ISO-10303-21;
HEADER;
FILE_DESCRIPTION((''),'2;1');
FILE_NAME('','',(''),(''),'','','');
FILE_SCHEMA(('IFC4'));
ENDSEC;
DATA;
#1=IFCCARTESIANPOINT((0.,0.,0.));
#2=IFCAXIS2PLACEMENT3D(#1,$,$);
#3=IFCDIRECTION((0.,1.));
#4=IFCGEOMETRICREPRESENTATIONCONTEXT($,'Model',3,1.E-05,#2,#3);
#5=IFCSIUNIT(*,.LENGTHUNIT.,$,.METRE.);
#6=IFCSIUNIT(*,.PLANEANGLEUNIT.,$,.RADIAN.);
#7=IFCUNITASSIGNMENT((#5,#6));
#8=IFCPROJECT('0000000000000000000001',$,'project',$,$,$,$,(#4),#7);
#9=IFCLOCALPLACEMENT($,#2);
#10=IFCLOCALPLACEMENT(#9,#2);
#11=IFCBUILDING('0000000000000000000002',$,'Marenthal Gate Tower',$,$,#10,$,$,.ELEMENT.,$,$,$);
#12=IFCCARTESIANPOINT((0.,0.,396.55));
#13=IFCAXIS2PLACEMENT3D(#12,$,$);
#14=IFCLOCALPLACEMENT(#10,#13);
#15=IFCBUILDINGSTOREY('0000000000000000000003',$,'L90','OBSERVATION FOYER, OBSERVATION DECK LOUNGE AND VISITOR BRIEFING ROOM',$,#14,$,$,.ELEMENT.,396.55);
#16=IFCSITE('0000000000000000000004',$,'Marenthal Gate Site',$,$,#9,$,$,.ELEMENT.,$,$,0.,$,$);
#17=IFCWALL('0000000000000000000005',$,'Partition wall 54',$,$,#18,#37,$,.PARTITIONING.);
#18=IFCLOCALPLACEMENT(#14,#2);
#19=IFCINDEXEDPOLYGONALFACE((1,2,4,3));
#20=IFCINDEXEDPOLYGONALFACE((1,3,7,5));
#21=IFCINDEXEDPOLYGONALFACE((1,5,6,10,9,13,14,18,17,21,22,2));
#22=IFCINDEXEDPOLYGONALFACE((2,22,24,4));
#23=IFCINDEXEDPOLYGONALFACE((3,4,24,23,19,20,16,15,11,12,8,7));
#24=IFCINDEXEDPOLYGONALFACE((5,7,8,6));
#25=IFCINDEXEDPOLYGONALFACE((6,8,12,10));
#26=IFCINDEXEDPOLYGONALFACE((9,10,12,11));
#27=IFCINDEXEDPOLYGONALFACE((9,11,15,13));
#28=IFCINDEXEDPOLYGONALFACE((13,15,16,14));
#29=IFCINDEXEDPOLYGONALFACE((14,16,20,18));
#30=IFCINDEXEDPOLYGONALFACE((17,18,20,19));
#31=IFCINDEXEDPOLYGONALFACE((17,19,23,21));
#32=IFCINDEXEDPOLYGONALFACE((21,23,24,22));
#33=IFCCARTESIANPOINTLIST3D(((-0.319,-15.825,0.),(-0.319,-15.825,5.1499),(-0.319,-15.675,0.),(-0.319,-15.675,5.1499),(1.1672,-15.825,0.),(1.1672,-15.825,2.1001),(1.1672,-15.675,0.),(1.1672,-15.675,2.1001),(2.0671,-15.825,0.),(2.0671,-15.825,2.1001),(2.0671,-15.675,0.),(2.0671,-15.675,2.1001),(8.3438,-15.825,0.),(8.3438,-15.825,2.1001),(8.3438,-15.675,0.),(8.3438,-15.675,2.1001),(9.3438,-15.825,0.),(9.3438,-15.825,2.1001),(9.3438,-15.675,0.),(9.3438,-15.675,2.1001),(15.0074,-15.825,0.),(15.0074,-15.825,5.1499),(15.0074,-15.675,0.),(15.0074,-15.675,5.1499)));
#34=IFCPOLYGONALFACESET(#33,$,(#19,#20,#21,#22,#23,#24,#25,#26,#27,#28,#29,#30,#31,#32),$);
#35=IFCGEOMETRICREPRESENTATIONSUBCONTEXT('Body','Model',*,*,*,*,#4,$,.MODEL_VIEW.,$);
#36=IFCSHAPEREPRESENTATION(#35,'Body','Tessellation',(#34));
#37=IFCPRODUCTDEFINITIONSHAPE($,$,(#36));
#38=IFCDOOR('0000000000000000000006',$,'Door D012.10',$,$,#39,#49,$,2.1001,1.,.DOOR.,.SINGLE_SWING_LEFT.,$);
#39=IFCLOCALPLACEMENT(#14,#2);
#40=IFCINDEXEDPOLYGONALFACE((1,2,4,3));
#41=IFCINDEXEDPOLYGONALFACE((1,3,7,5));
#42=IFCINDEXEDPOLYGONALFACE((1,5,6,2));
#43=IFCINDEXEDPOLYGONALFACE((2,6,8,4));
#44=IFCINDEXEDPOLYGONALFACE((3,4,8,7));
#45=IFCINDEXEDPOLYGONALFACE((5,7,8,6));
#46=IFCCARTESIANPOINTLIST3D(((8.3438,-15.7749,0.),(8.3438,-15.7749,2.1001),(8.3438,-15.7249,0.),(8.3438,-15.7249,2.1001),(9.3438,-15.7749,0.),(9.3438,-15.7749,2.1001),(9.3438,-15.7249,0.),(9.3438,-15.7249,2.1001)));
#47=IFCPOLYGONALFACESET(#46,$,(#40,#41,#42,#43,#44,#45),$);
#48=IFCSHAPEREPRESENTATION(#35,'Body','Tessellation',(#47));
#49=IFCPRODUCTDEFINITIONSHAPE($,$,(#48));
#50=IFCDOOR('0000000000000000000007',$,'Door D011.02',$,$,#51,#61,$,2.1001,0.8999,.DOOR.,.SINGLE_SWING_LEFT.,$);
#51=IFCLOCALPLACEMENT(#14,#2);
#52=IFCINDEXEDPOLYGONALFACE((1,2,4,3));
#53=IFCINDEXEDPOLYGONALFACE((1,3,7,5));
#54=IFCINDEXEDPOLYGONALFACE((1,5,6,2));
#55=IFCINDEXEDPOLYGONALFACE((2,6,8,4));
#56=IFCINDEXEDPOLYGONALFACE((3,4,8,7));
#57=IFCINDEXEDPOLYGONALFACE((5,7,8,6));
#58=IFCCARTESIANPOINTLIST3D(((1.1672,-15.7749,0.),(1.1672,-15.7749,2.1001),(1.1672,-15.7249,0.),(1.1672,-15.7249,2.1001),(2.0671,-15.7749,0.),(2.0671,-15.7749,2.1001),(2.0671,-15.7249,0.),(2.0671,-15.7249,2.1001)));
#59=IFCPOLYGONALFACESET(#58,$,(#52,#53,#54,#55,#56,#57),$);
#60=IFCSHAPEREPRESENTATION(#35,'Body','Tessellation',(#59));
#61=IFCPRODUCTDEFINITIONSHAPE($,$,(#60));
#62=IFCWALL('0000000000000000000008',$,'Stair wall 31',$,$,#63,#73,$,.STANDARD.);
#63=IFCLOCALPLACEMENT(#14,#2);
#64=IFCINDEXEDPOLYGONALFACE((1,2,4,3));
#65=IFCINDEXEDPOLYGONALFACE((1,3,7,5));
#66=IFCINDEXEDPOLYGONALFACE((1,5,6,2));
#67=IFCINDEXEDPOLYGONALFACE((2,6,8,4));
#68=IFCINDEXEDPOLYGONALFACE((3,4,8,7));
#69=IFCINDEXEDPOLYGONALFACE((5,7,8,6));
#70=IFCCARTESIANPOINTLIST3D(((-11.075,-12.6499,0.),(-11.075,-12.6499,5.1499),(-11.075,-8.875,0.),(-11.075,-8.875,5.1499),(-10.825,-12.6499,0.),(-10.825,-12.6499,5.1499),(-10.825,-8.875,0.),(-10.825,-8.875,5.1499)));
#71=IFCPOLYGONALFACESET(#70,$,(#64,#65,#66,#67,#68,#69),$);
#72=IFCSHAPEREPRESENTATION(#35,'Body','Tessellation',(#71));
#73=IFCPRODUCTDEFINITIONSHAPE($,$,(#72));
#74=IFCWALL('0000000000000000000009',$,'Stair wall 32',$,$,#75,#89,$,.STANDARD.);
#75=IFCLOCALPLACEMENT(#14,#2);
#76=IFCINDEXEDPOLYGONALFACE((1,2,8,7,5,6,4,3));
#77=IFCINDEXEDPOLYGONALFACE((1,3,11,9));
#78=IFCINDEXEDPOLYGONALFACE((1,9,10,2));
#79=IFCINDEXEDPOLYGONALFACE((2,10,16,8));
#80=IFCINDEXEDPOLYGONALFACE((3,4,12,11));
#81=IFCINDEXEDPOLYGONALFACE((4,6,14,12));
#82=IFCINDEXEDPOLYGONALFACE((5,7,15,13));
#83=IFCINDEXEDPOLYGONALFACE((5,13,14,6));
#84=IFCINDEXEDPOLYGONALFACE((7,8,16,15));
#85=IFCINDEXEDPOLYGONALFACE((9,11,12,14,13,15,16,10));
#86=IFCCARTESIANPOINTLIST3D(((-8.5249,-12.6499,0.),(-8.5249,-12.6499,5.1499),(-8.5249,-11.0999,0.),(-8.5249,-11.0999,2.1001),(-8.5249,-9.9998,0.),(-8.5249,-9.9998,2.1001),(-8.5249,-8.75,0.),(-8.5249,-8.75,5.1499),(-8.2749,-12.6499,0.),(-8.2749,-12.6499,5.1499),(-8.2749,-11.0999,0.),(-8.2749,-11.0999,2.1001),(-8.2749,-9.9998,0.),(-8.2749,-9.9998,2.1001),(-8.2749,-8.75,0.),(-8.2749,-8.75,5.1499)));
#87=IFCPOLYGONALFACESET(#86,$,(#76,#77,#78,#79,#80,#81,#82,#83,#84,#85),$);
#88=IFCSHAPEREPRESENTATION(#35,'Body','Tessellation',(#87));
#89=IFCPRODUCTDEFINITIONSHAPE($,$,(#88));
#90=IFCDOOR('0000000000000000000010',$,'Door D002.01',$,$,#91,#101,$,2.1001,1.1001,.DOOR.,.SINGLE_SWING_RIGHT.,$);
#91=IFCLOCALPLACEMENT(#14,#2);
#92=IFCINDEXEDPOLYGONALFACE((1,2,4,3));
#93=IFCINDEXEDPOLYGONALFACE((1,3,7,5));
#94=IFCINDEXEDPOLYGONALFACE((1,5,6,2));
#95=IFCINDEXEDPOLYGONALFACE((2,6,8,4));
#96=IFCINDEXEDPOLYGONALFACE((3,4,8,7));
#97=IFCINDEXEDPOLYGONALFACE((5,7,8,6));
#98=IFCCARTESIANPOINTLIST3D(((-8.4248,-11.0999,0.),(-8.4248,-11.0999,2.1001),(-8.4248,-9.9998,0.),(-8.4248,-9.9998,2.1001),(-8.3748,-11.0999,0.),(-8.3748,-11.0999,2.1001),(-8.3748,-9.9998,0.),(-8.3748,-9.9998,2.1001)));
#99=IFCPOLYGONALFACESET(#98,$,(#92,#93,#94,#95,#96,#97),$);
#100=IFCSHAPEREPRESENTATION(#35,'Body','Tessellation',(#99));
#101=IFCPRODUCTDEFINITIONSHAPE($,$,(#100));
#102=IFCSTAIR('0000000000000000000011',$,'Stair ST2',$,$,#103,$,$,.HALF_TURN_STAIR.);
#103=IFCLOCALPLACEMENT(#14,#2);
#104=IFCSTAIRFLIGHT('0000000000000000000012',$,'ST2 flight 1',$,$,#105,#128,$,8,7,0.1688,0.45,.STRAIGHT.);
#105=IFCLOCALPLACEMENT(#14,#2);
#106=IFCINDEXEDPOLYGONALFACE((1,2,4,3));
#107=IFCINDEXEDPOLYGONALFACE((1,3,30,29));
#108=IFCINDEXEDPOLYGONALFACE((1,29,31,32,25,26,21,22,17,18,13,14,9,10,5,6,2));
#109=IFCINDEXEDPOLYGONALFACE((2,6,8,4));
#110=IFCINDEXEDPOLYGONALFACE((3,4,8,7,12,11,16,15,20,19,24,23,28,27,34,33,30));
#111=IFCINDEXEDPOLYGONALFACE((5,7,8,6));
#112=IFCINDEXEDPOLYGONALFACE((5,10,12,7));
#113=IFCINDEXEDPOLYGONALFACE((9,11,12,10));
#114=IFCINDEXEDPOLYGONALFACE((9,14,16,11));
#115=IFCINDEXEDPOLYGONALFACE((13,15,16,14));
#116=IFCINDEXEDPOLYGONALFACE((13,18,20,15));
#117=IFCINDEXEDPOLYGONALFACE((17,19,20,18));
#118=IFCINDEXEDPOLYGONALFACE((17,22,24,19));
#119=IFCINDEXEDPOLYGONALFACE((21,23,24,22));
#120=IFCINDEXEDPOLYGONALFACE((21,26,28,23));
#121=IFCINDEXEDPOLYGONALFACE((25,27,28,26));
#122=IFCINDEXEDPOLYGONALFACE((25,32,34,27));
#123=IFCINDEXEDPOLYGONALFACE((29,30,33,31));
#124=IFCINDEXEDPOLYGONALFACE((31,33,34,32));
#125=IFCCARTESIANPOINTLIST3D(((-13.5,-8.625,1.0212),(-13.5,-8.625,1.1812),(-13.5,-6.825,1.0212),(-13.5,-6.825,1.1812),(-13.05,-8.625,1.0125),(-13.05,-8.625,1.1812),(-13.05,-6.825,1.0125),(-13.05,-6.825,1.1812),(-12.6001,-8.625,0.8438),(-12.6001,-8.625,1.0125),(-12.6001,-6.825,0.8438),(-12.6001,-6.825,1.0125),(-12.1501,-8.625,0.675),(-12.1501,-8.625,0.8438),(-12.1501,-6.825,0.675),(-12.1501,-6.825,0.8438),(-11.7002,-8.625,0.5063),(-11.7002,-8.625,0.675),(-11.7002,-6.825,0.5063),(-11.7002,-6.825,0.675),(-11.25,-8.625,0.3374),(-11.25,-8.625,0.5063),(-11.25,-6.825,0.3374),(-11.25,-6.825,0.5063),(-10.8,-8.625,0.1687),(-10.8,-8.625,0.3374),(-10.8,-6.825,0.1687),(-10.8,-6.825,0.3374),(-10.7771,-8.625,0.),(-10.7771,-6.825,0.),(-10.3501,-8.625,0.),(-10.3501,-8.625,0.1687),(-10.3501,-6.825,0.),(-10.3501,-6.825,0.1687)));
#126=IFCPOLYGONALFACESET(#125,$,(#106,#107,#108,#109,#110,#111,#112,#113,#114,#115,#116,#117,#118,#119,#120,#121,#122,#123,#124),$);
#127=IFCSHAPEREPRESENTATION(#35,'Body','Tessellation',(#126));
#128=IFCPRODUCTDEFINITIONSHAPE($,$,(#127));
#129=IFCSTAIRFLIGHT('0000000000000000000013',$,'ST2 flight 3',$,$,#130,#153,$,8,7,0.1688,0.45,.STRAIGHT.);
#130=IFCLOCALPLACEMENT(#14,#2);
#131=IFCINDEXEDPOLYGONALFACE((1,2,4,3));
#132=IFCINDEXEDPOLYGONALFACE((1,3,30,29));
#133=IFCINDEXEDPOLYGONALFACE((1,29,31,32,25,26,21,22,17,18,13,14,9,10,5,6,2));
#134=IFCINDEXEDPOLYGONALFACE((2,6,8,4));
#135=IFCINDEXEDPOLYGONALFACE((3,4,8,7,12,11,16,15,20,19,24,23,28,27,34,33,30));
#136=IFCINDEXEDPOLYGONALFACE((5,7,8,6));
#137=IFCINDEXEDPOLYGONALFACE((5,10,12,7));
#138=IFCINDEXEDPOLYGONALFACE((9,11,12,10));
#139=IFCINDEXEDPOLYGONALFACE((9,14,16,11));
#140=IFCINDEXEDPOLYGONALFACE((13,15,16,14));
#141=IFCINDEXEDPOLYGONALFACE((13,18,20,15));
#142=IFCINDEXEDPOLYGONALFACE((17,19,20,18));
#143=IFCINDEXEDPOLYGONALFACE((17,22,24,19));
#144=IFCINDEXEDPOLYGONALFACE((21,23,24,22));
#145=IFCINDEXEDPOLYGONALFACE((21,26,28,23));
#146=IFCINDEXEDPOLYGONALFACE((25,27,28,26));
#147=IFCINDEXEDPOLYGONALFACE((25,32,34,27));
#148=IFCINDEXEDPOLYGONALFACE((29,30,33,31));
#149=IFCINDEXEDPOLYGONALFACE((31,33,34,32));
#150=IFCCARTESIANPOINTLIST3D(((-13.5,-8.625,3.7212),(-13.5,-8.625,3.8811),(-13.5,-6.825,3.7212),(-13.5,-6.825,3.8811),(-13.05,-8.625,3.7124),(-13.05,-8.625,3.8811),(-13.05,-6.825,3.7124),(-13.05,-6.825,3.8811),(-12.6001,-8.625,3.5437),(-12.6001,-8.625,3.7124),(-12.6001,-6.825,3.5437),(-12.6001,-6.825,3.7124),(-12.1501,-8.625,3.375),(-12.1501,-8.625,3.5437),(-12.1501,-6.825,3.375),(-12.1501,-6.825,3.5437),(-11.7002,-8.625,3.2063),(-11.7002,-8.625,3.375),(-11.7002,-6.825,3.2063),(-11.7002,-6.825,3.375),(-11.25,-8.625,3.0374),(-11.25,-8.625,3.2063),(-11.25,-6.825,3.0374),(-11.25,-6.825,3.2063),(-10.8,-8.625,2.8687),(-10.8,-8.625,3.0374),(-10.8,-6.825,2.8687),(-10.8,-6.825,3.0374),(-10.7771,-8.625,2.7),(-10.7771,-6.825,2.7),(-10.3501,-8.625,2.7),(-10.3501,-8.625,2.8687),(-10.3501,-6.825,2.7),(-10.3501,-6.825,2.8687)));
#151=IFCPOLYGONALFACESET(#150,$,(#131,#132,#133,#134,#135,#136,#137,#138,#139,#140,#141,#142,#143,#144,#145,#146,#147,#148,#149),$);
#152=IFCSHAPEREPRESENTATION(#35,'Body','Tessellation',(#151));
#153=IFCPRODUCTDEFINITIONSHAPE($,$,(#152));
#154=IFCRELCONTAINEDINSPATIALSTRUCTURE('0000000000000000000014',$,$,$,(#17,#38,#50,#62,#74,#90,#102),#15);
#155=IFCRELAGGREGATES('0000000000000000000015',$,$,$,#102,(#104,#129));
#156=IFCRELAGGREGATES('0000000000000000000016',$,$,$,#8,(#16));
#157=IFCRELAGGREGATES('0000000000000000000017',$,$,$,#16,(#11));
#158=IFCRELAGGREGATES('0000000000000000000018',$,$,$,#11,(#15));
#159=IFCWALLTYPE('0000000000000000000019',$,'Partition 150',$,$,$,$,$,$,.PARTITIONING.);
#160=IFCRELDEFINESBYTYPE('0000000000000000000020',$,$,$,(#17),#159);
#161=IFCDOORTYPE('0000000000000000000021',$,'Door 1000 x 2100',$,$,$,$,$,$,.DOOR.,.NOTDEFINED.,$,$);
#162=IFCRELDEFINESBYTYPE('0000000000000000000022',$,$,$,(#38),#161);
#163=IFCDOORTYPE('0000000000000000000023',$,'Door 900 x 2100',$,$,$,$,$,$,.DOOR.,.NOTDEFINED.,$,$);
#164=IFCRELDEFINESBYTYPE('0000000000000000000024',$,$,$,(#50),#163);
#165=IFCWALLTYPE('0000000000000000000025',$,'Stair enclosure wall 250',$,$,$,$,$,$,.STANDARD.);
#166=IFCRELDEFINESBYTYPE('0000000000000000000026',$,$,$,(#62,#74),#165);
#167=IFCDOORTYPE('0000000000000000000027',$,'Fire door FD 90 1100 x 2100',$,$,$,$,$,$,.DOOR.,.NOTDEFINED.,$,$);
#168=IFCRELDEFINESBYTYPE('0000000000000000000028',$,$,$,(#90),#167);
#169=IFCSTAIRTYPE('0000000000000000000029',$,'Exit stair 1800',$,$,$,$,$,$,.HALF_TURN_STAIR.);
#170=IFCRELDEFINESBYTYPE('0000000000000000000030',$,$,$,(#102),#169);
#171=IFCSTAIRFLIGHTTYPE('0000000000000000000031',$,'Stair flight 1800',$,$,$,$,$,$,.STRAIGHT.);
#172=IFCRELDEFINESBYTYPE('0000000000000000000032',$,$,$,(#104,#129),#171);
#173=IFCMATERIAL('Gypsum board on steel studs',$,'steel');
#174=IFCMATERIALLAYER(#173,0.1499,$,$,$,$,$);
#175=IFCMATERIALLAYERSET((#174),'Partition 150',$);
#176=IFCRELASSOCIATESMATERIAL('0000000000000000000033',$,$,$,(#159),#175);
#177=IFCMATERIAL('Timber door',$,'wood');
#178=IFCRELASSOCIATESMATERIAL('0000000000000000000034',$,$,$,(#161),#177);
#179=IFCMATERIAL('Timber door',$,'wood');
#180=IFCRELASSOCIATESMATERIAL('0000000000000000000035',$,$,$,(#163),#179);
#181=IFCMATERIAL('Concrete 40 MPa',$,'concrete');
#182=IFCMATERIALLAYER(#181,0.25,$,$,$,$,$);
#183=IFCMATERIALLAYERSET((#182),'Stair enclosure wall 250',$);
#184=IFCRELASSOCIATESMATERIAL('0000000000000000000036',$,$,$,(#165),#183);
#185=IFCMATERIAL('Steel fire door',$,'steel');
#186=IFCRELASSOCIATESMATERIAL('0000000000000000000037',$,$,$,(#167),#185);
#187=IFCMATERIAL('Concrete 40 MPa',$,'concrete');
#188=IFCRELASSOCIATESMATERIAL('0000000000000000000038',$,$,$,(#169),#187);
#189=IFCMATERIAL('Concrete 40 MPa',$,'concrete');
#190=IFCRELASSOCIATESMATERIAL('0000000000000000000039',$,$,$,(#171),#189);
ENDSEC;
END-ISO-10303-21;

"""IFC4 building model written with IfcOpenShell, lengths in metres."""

from ifc_helpers import new_model, si_unit, direction, frame, frame_2d, origin, place, context, subcontext, project, spatial, polyline, rectangle, outline, extrude, material, layer, layer_set, type_object, element, fill, aggregate, save


model = new_model("IFC4")

# Units and contexts
model_context = context("Model", 3, precision=1e-05, world=origin(), true_north=direction((0.0, 1.0)))
body_context = subcontext(model_context, "Body", "Model", "MODEL_VIEW")
ifc_project = project(units=[si_unit("LENGTHUNIT", "METRE"), si_unit("PLANEANGLEUNIT", "RADIAN")], contexts=[model_context])

# Site, building, storey
site_placement = place(None, origin())
site = spatial("IfcSite", under=ifc_project, at=site_placement, Name="Marenthal Gate Site", CompositionType="ELEMENT", RefElevation=0.0)
building_placement = place(site_placement, origin())
building = spatial("IfcBuilding", under=site, at=building_placement, Name="Marenthal Gate Tower", CompositionType="ELEMENT")
storey_placement = place(building_placement, frame((0.0, 0.0, 396.55)))
storey = spatial("IfcBuildingStorey", under=building, at=storey_placement, Name="L90", Description="OBSERVATION FOYER, OBSERVATION DECK LOUNGE AND VISITOR BRIEFING ROOM", CompositionType="ELEMENT", Elevation=396.55)

# Wall, openings, doors
ifc_material_1 = material(Name="Gypsum board on steel studs", Category="steel")
ifc_layer_1 = layer(ifc_material_1, 0.1499)
ifc_layer_set_1 = layer_set([ifc_layer_1], Name="Partition 150")
wall_type_1 = type_object("IfcWallType", Name="Partition 150", PredefinedType="PARTITIONING", material=ifc_layer_set_1)
wall_1_placement = place(storey_placement, frame((-0.3188, -15.75, 0.0), z_axis=(0.0, 0.0, 1.0), x_axis=(1.0, 0.0, 0.0)))
wall_1 = element("IfcWall", 1, at=wall_1_placement, inside=storey, type_object=wall_type_1, Name="Partition wall 54", PredefinedType="PARTITIONING", context=body_context, shape_type="SweptSolid", body=[
    extrude(rectangle(XDim=15.3264, YDim=0.1499, at=frame_2d((7.6631, 0.0))), origin(), (0.0, 0.0, 1.0), 5.1499),
])
opening_1_placement = place(wall_1_placement, frame((1.4861, 0.0, 0.0)))
opening_1 = element("IfcOpeningElement", 2, at=opening_1_placement, cuts=wall_1, PredefinedType="OPENING", context=body_context, shape_type="SweptSolid", body=[
    extrude(rectangle(XDim=0.8999, YDim=2.1001, at=frame_2d((0.45, 1.05))), frame((0.0, 0.085, 0.0), z_axis=(0.0, -1.0, 0.0), x_axis=(1.0, 0.0, 0.0)), (0.0, 0.0, 1.0), 0.1699),
])
opening_2_placement = place(wall_1_placement, frame((8.6626, 0.0, 0.0)))
opening_2 = element("IfcOpeningElement", 3, at=opening_2_placement, cuts=wall_1, PredefinedType="OPENING", context=body_context, shape_type="SweptSolid", body=[
    extrude(rectangle(XDim=1.0, YDim=2.1001, at=frame_2d((0.5, 1.05))), frame((0.0, 0.085, 0.0), z_axis=(0.0, -1.0, 0.0), x_axis=(1.0, 0.0, 0.0)), (0.0, 0.0, 1.0), 0.1699),
])
ifc_material_2 = material(Name="Timber door", Category="wood")
door_type_1 = type_object("IfcDoorType", Name="Door 1000 x 2100", OperationType="NOTDEFINED", PredefinedType="DOOR", material=ifc_material_2)
door_1_placement = place(opening_2_placement, frame((1.0, 0.0, 0.0), z_axis=(0.0, 0.0, 1.0), x_axis=(-1.0, 0.0, 0.0)))
door_1 = element("IfcDoor", 4, at=door_1_placement, inside=storey, type_object=door_type_1, Name="Door D012.10", OperationType="SINGLE_SWING_LEFT", OverallHeight=2.1001, OverallWidth=1.0, PredefinedType="DOOR", context=body_context, shape_type="SweptSolid", body=[
    extrude(rectangle(XDim=1.0, YDim=2.1001, at=frame_2d((0.5, 1.05))), frame((0.0, 0.0249, 0.0), z_axis=(0.0, -1.0, 0.0), x_axis=(1.0, 0.0, 0.0)), (0.0, 0.0, 1.0), 0.05),
])
fill(opening_2, door_1)
ifc_material_3 = material(Name="Timber door", Category="wood")
door_type_2 = type_object("IfcDoorType", Name="Door 900 x 2100", OperationType="NOTDEFINED", PredefinedType="DOOR", material=ifc_material_3)
door_2_placement = place(opening_1_placement, frame((0.8999, 0.0, 0.0), z_axis=(0.0, 0.0, 1.0), x_axis=(-1.0, 0.0, 0.0)))
door_2 = element("IfcDoor", 5, at=door_2_placement, inside=storey, type_object=door_type_2, Name="Door D011.02", OperationType="SINGLE_SWING_LEFT", OverallHeight=2.1001, OverallWidth=0.8999, PredefinedType="DOOR", context=body_context, shape_type="SweptSolid", body=[
    extrude(rectangle(XDim=0.8999, YDim=2.1001, at=frame_2d((0.45, 1.05))), frame((0.0, 0.0249, 0.0), z_axis=(0.0, -1.0, 0.0), x_axis=(1.0, 0.0, 0.0)), (0.0, 0.0, 1.0), 0.05),
])
fill(opening_1, door_2)

# Wall
ifc_material_4 = material(Name="Concrete 40 MPa", Category="concrete")
ifc_layer_2 = layer(ifc_material_4, 0.25)
ifc_layer_set_2 = layer_set([ifc_layer_2], Name="Stair enclosure wall 250")
wall_type_2 = type_object("IfcWallType", Name="Stair enclosure wall 250", PredefinedType="STANDARD", material=ifc_layer_set_2)
wall_2_placement = place(storey_placement, frame((-10.95, -12.6499, 0.0), z_axis=(0.0, 0.0, 1.0), x_axis=(0.0, 1.0, 0.0)))
element("IfcWall", 6, at=wall_2_placement, inside=storey, type_object=wall_type_2, Name="Stair wall 31", PredefinedType="STANDARD", context=body_context, shape_type="SweptSolid", body=[
    extrude(rectangle(XDim=3.7749, YDim=0.25, at=frame_2d((1.8875, 0.0))), origin(), (0.0, 0.0, 1.0), 5.1499),
])

# Wall, opening, door
wall_3_placement = place(storey_placement, frame((-8.3999, -12.6499, 0.0), z_axis=(0.0, 0.0, 1.0), x_axis=(0.0, 1.0, 0.0)))
wall_3 = element("IfcWall", 7, at=wall_3_placement, inside=storey, type_object=wall_type_2, Name="Stair wall 32", PredefinedType="STANDARD", context=body_context, shape_type="SweptSolid", body=[
    extrude(rectangle(XDim=3.8999, YDim=0.25, at=frame_2d((1.95, 0.0))), origin(), (0.0, 0.0, 1.0), 5.1499),
])
opening_3_placement = place(wall_3_placement, frame((1.55, 0.0, 0.0)))
opening_3 = element("IfcOpeningElement", 8, at=opening_3_placement, cuts=wall_3, PredefinedType="OPENING", context=body_context, shape_type="SweptSolid", body=[
    extrude(rectangle(XDim=1.1001, YDim=2.1001, at=frame_2d((0.55, 1.05))), frame((0.0, 0.135, 0.0), z_axis=(0.0, -1.0, 0.0), x_axis=(1.0, 0.0, 0.0)), (0.0, 0.0, 1.0), 0.27),
])
ifc_material_5 = material(Name="Steel fire door", Category="steel")
door_type_3 = type_object("IfcDoorType", Name="Fire door FD 90 1100 x 2100", OperationType="NOTDEFINED", PredefinedType="DOOR", material=ifc_material_5)
door_3_placement = place(opening_3_placement, origin())
door_3 = element("IfcDoor", 9, at=door_3_placement, inside=storey, type_object=door_type_3, Name="Door D002.01", OperationType="SINGLE_SWING_RIGHT", OverallHeight=2.1001, OverallWidth=1.1001, PredefinedType="DOOR", context=body_context, shape_type="SweptSolid", body=[
    extrude(rectangle(XDim=1.1001, YDim=2.1001, at=frame_2d((0.55, 1.05))), frame((0.0, 0.0249, 0.0), z_axis=(0.0, -1.0, 0.0), x_axis=(1.0, 0.0, 0.0)), (0.0, 0.0, 1.0), 0.05),
])
fill(opening_3, door_3)

# Stair, stair flights
ifc_material_6 = material(Name="Concrete 40 MPa", Category="concrete")
stair_type = type_object("IfcStairType", Name="Exit stair 1800", PredefinedType="HALF_TURN_STAIR", material=ifc_material_6)
stair_placement = place(storey_placement, origin())
stair = element("IfcStair", 10, at=stair_placement, inside=storey, type_object=stair_type, Name="Stair ST2", PredefinedType="HALF_TURN_STAIR")
ifc_material_7 = material(Name="Concrete 40 MPa", Category="concrete")
stair_flight_type = type_object("IfcStairFlightType", Name="Stair flight 1800", PredefinedType="STRAIGHT", material=ifc_material_7)
stair_flight_1_placement = place(storey_placement, frame((-10.3501, -7.7251, 0.0), z_axis=(0.0, 0.0, 1.0), x_axis=(-1.0, 0.0, 0.0)))
stair_flight_1 = element("IfcStairFlight", 11, at=stair_flight_1_placement, type_object=stair_flight_type, Name="ST2 flight 1", NumberOfRisers=8, NumberOfTreads=7, PredefinedType="STRAIGHT", RiserHeight=0.1688, TreadLength=0.45, context=body_context, shape_type="SweptSolid", body=[
    extrude(outline(polyline([(0.0, 0.0), (0.0, 0.1687), (0.45, 0.1687), (0.45, 0.3374), (0.8999, 0.3374), (0.8999, 0.5063), (1.3501, 0.5063), (1.3501, 0.675), (1.8, 0.675), (1.8, 0.8438), (2.25, 0.8438), (2.25, 1.0125), (2.7, 1.0125), (2.7, 1.1812), (3.1499, 1.1812), (3.1499, 1.3501), (3.1499, 1.0212), (0.427, 0.0), (0.0, 0.0)])), frame((0.0, 0.8999, 0.0), z_axis=(0.0, -1.0, 0.0), x_axis=(1.0, 0.0, 0.0)), (0.0, 0.0, 1.0), 1.8),
])
stair_flight_2_placement = place(storey_placement, frame((-10.3501, -7.7251, 2.7), z_axis=(0.0, 0.0, 1.0), x_axis=(-1.0, 0.0, 0.0)))
stair_flight_2 = element("IfcStairFlight", 12, at=stair_flight_2_placement, type_object=stair_flight_type, Name="ST2 flight 3", NumberOfRisers=8, NumberOfTreads=7, PredefinedType="STRAIGHT", RiserHeight=0.1688, TreadLength=0.45, context=body_context, shape_type="SweptSolid", body=[
    extrude(outline(polyline([(0.0, 0.0), (0.0, 0.1687), (0.45, 0.1687), (0.45, 0.3374), (0.8999, 0.3374), (0.8999, 0.5063), (1.3501, 0.5063), (1.3501, 0.675), (1.8, 0.675), (1.8, 0.8438), (2.25, 0.8438), (2.25, 1.0125), (2.7, 1.0125), (2.7, 1.1812), (3.1499, 1.1812), (3.1499, 1.3501), (3.1499, 1.0212), (0.427, 0.0), (0.0, 0.0)])), frame((0.0, 0.8999, 0.0), z_axis=(0.0, -1.0, 0.0), x_axis=(1.0, 0.0, 0.0)), (0.0, 0.0, 1.0), 1.8),
])
aggregate(stair, [stair_flight_1, stair_flight_2])

save(model, "model.ifc")
